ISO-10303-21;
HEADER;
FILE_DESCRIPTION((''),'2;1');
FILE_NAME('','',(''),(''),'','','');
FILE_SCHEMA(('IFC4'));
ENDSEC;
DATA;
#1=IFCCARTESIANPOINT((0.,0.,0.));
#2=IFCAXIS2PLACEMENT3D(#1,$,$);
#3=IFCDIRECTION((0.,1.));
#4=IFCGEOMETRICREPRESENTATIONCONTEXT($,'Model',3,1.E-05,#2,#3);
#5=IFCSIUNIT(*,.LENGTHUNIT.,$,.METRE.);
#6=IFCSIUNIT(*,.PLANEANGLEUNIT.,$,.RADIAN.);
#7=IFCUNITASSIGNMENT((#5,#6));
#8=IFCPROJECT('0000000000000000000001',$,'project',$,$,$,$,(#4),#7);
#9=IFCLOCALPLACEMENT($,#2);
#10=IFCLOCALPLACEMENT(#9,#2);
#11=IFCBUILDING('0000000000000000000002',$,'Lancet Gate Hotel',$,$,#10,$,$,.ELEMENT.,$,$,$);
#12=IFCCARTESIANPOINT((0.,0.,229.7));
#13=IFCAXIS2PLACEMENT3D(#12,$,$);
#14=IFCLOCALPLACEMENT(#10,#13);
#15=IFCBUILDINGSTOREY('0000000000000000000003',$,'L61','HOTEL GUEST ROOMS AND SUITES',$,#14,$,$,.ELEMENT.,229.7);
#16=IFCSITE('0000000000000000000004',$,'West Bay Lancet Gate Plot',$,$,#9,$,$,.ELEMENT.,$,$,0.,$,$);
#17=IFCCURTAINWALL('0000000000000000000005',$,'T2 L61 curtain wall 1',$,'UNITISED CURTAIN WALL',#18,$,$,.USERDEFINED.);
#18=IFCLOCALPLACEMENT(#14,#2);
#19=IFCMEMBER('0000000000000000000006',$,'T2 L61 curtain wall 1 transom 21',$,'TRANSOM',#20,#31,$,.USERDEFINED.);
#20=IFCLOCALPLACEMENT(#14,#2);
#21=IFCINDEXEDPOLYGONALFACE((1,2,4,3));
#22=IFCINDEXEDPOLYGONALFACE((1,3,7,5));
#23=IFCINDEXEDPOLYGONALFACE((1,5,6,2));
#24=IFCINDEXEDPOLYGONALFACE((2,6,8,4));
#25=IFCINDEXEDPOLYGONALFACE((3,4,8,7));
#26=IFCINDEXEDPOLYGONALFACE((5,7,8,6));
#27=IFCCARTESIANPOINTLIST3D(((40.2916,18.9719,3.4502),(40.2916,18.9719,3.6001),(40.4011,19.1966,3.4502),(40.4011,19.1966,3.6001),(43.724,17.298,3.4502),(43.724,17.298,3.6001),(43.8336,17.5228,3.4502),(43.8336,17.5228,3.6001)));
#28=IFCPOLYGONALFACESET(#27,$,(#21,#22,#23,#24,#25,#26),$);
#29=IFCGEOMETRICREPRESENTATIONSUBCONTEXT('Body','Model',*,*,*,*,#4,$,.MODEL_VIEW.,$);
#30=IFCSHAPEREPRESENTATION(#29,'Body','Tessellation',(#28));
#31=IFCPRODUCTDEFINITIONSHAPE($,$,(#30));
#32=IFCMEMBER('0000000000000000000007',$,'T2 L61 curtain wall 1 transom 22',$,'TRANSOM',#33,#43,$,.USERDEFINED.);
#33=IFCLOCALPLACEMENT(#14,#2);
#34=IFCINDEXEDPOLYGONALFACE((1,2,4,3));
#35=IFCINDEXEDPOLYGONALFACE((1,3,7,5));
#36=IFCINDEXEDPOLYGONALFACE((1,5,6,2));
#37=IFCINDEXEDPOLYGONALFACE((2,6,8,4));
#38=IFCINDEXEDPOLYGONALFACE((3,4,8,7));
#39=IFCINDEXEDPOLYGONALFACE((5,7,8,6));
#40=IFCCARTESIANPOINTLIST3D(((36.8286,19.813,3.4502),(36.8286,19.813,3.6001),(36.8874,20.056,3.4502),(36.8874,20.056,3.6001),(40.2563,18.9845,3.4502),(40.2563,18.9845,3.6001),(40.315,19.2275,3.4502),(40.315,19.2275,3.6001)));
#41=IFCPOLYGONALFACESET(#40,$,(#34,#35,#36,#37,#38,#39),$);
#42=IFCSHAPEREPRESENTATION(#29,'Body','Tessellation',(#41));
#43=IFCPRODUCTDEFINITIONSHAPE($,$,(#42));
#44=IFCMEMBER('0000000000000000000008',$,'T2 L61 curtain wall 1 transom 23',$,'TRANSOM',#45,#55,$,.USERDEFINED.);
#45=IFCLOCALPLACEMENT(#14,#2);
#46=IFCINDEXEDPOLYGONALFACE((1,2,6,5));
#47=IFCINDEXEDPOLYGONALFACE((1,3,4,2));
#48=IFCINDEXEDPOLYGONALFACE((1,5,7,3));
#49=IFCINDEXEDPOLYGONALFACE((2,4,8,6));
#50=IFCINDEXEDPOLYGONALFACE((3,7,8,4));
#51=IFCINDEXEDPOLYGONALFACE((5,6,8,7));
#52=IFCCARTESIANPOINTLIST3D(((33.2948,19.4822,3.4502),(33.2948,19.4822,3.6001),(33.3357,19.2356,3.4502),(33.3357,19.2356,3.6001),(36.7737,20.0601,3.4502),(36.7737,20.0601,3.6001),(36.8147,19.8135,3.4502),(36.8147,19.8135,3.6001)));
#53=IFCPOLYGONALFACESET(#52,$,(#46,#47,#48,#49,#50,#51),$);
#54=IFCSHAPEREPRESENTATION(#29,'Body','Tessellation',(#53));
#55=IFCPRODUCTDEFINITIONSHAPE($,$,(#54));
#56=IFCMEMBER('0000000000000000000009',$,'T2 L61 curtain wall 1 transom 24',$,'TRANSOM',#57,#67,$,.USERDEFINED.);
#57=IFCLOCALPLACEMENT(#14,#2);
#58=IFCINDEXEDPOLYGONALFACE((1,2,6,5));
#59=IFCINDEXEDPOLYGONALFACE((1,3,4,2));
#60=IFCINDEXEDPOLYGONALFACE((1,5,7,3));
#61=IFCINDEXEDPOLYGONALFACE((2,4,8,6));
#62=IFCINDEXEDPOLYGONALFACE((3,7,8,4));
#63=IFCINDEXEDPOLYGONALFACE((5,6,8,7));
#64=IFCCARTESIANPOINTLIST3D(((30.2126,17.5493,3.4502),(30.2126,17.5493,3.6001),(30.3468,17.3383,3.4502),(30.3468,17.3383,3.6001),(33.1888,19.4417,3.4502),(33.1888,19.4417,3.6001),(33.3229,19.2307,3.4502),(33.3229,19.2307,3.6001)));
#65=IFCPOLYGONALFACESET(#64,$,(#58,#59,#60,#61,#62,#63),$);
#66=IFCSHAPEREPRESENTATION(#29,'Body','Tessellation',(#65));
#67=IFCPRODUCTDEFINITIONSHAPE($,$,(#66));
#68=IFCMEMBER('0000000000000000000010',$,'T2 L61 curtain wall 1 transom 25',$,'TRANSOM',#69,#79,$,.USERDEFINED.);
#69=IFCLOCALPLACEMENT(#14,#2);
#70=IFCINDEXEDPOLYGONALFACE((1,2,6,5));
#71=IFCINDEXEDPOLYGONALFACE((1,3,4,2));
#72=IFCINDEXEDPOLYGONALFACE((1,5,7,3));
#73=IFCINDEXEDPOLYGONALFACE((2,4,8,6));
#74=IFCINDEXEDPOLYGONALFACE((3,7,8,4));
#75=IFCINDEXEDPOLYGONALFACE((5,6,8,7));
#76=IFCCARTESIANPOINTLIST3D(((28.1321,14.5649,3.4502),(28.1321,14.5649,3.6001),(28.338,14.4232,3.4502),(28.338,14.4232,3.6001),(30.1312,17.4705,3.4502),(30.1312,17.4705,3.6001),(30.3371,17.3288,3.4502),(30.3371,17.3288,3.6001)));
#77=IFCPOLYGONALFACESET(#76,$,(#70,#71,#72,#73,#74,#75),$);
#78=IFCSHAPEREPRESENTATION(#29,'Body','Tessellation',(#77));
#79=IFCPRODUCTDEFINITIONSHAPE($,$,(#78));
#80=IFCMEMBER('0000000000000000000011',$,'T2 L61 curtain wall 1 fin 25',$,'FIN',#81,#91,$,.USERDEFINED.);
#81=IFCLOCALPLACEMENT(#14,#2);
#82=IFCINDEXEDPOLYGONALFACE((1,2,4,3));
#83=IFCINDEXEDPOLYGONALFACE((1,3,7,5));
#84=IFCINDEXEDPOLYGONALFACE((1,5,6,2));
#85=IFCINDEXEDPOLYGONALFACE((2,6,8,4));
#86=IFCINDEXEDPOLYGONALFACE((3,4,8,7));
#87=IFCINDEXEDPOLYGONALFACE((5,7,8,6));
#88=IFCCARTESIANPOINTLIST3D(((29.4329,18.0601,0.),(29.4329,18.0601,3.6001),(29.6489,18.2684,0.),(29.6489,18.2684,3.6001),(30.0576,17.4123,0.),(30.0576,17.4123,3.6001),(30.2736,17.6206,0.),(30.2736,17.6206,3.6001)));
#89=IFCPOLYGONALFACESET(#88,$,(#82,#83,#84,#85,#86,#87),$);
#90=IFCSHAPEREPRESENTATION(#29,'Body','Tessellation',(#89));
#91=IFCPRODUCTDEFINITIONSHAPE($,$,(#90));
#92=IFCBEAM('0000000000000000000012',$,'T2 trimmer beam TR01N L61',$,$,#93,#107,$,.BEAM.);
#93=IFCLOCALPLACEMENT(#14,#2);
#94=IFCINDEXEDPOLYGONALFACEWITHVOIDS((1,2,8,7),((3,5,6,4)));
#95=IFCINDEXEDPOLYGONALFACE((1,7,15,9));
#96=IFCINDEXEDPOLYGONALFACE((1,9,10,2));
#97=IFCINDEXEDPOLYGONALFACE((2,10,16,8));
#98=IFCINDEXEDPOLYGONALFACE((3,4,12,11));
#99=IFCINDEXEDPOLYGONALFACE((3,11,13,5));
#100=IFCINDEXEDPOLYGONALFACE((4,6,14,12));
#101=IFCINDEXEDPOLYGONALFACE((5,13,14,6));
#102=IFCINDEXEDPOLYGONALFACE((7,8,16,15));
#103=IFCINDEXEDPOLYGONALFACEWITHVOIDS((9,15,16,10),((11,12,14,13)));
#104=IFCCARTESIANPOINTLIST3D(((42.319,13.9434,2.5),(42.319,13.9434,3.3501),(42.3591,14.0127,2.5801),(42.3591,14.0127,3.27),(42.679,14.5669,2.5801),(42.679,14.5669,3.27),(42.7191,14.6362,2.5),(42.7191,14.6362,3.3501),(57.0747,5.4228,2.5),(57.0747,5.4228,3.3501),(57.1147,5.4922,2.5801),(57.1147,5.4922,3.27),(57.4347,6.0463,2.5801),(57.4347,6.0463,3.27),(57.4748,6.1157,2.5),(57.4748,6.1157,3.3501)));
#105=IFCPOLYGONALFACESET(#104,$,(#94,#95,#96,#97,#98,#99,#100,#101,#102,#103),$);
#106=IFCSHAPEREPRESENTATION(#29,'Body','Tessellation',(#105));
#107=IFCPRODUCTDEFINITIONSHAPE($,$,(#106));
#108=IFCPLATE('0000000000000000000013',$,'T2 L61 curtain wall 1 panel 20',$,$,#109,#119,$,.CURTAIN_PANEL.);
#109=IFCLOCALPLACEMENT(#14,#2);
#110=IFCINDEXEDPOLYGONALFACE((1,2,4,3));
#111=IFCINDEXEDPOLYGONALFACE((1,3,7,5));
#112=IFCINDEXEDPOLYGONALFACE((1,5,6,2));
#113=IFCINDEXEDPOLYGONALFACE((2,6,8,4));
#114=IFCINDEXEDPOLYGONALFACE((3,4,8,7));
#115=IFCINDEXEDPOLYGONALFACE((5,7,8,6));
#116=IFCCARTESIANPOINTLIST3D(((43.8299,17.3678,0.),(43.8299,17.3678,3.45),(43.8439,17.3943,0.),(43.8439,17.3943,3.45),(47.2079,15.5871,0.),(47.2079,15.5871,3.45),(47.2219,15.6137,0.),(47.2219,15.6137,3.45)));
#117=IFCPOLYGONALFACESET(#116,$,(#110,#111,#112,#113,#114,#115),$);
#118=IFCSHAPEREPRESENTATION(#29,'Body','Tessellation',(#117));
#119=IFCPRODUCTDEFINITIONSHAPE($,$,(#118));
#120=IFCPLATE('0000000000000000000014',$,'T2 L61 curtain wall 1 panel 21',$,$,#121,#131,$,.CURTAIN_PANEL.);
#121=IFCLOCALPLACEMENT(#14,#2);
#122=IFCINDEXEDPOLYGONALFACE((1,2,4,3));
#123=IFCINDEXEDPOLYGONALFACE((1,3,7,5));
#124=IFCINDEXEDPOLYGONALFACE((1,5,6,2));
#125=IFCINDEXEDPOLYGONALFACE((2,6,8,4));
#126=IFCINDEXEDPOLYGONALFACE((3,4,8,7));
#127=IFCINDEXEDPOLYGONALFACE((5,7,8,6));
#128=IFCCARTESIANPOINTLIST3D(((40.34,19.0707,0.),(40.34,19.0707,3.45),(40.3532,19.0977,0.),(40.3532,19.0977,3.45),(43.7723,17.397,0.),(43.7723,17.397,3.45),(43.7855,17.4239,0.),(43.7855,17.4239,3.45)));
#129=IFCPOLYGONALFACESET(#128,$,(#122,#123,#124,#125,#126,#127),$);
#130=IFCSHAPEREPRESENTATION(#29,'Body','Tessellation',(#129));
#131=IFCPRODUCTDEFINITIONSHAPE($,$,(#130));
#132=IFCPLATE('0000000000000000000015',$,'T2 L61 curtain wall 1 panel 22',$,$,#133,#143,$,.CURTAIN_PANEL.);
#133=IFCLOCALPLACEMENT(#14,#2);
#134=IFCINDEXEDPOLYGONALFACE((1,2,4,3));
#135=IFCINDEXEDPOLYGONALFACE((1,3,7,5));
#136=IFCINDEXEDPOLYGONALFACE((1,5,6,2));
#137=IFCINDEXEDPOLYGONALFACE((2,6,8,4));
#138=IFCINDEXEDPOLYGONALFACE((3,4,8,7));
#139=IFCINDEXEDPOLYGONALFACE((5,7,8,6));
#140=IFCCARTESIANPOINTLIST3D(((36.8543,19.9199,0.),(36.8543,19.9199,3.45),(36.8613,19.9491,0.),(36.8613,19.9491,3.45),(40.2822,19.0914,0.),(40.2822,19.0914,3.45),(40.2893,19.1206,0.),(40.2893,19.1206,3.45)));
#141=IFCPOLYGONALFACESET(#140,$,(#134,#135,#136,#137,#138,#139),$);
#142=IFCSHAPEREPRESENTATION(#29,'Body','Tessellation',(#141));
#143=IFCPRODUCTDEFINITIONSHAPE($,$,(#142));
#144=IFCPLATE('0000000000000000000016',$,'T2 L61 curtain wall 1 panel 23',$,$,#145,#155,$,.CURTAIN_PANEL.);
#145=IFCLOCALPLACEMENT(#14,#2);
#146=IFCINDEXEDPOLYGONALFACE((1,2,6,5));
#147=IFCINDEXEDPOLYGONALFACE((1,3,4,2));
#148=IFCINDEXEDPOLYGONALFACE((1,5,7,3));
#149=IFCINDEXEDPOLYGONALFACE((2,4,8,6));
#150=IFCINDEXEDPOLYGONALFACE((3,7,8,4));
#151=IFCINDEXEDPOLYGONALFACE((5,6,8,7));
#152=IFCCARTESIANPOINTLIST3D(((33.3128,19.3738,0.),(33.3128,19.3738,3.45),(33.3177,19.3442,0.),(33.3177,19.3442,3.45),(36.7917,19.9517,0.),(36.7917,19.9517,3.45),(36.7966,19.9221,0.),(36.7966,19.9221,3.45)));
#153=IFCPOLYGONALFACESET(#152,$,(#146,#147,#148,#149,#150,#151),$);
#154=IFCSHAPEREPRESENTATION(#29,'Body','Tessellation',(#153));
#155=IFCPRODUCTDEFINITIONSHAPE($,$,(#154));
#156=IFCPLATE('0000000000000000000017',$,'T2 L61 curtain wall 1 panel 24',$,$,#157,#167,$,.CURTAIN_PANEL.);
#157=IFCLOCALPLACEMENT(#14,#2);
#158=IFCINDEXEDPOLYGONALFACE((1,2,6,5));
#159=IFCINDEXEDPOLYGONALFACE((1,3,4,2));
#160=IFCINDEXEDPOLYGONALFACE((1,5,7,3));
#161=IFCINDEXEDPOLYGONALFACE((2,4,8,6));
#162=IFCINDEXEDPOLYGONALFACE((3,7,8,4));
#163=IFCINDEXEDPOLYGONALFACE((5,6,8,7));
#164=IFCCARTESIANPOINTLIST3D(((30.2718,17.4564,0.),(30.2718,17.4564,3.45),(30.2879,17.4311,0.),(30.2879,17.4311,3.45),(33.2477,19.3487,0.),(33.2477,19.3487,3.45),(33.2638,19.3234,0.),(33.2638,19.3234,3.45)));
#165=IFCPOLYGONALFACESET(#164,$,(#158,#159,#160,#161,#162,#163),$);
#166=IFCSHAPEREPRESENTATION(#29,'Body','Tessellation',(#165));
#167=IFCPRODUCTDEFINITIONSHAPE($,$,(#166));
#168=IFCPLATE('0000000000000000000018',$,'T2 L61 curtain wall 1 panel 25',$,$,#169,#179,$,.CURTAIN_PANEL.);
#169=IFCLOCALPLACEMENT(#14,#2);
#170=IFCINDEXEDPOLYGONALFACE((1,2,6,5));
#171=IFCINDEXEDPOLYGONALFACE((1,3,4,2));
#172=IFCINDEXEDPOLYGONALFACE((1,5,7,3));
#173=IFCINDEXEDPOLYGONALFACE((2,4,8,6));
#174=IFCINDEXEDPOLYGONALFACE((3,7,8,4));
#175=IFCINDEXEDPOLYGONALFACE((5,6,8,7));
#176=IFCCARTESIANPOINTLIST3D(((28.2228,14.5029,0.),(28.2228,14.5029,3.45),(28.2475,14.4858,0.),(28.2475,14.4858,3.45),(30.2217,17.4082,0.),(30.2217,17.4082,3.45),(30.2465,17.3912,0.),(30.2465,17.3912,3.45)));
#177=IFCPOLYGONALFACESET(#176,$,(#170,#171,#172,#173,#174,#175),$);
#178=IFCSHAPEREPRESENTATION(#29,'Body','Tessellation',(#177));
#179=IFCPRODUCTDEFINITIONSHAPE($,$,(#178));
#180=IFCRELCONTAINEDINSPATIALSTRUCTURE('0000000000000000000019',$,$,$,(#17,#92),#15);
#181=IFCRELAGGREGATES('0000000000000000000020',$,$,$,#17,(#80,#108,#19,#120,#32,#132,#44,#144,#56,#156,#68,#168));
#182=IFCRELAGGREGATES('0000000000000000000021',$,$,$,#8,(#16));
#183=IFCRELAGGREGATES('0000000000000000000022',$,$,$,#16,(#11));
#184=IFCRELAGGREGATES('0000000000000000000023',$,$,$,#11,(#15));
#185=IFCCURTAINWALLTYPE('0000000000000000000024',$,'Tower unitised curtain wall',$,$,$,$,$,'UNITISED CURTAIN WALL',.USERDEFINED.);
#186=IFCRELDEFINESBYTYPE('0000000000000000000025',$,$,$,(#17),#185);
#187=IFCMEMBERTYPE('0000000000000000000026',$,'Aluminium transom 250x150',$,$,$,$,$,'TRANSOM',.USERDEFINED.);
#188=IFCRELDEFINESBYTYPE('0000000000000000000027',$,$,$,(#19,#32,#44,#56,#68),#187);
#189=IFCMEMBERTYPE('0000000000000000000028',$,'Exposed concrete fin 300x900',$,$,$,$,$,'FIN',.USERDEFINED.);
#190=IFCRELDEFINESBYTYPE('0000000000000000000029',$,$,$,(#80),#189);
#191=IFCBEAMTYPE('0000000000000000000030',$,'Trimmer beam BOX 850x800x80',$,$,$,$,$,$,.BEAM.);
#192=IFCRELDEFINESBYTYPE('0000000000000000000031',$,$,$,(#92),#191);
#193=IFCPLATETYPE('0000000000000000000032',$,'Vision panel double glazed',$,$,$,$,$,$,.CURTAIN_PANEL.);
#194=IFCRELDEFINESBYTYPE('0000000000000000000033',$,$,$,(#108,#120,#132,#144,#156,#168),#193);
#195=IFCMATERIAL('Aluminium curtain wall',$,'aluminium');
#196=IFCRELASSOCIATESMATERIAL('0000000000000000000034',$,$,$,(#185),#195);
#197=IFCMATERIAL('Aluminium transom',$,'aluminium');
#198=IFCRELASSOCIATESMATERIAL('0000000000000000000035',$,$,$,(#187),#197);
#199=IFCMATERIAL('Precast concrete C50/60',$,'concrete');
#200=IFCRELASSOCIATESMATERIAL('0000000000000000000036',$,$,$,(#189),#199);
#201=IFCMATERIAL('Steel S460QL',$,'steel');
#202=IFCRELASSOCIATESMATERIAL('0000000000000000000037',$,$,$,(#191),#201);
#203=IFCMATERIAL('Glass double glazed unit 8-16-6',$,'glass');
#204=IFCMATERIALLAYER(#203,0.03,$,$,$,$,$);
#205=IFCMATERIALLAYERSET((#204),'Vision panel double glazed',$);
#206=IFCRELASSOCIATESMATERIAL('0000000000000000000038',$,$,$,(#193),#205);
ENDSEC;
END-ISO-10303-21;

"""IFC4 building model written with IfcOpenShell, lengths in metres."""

from ifc_helpers import new_model, si_unit, direction, frame, origin, origin_2d, place, context, subcontext, project, spatial, rectangle, hollow_rectangle, extrude, material, layer, layer_set, material_profile, profile_set, type_object, element, aggregate, save


model = new_model("IFC4")

# Units and contexts
model_context = context("Model", 3, precision=1e-05, world=origin(), true_north=direction((0.0, 1.0)))
body_context = subcontext(model_context, "Body", "Model", "MODEL_VIEW")
ifc_project = project(units=[si_unit("LENGTHUNIT", "METRE"), si_unit("PLANEANGLEUNIT", "RADIAN")], contexts=[model_context])

# Site, building, storey
site_placement = place(None, origin())
site = spatial("IfcSite", under=ifc_project, at=site_placement, Name="West Bay Lancet Gate Plot", CompositionType="ELEMENT", RefElevation=0.0)
building_placement = place(site_placement, origin())
building = spatial("IfcBuilding", under=site, at=building_placement, Name="Lancet Gate Hotel", CompositionType="ELEMENT")
storey_placement = place(building_placement, frame((0.0, 0.0, 229.7)))
storey = spatial("IfcBuildingStorey", under=building, at=storey_placement, Name="L61", Description="HOTEL GUEST ROOMS AND SUITES", CompositionType="ELEMENT", Elevation=229.7)

# Curtain wall, members
ifc_material_1 = material(Name="Aluminium curtain wall", Category="aluminium")
curtain_wall_type = type_object("IfcCurtainWallType", Name="Tower unitised curtain wall", ElementType="UNITISED CURTAIN WALL", PredefinedType="USERDEFINED", material=ifc_material_1)
curtain_wall_placement = place(storey_placement, origin())
curtain_wall = element("IfcCurtainWall", 1, at=curtain_wall_placement, inside=storey, type_object=curtain_wall_type, Name="T2 L61 curtain wall 1", ObjectType="UNITISED CURTAIN WALL", PredefinedType="USERDEFINED")
ifc_material_2 = material(Name="Aluminium transom", Category="aluminium")
ifc_material_profile_1 = material_profile(ifc_material_2, rectangle(XDim=0.25, YDim=0.1499, at=origin_2d()), Name="TRANSOM 250x150")
ifc_profile_set_1 = profile_set([ifc_material_profile_1], Name="Aluminium transom")
member_type_1 = type_object("IfcMemberType", Name="Aluminium transom 250x150", ElementType="TRANSOM", PredefinedType="USERDEFINED", material=ifc_profile_set_1)
member_1_placement = place(storey_placement, frame((43.7788, 17.4104, 3.5251), z_axis=(-0.89882, 0.438318, 0.0), x_axis=(-0.438318, -0.89882, 0.0)))
member_1 = element("IfcMember", 2, at=member_1_placement, type_object=member_type_1, Name="T2 L61 curtain wall 1 transom 21", ObjectType="TRANSOM", PredefinedType="USERDEFINED", context=body_context, shape_type="SweptSolid", body=[
    extrude(rectangle(XDim=0.25, YDim=0.1499, at=origin_2d()), origin(), (0.0, 0.0, 1.0), 3.8188),
])
member_2_placement = place(storey_placement, frame((40.2856, 19.106, 3.5251), z_axis=(-0.972003, 0.23497, 0.0), x_axis=(-0.23497, -0.972003, 0.0)))
member_2 = element("IfcMember", 3, at=member_2_placement, type_object=member_type_1, Name="T2 L61 curtain wall 1 transom 22", ObjectType="TRANSOM", PredefinedType="USERDEFINED", context=body_context, shape_type="SweptSolid", body=[
    extrude(rectangle(XDim=0.25, YDim=0.1499, at=origin_2d()), origin(), (0.0, 0.0, 1.0), 3.5264),
])
member_3_placement = place(storey_placement, frame((36.7942, 19.9368, 3.5251), z_axis=(-0.986484, -0.16386, 0.0), x_axis=(0.16386, -0.986484, 0.0)))
member_3 = element("IfcMember", 4, at=member_3_placement, type_object=member_type_1, Name="T2 L61 curtain wall 1 transom 23", ObjectType="TRANSOM", PredefinedType="USERDEFINED", context=body_context, shape_type="SweptSolid", body=[
    extrude(rectangle(XDim=0.25, YDim=0.1499, at=origin_2d()), origin(), (0.0, 0.0, 1.0), 3.5266),
])
member_4_placement = place(storey_placement, frame((33.2559, 19.3362, 3.5251), z_axis=(-0.843858, -0.536566, 0.0), x_axis=(0.536566, -0.843858, 0.0)))
member_4 = element("IfcMember", 5, at=member_4_placement, type_object=member_type_1, Name="T2 L61 curtain wall 1 transom 24", ObjectType="TRANSOM", PredefinedType="USERDEFINED", context=body_context, shape_type="SweptSolid", body=[
    extrude(rectangle(XDim=0.25, YDim=0.1499, at=origin_2d()), origin(), (0.0, 0.0, 1.0), 3.5269),
])
member_5_placement = place(storey_placement, frame((30.2341, 17.3997, 3.5251), z_axis=(-0.566814, -0.823846, 0.0), x_axis=(0.823846, -0.566814, 0.0)))
member_5 = element("IfcMember", 6, at=member_5_placement, type_object=member_type_1, Name="T2 L61 curtain wall 1 transom 25", ObjectType="TRANSOM", PredefinedType="USERDEFINED", context=body_context, shape_type="SweptSolid", body=[
    extrude(rectangle(XDim=0.25, YDim=0.1499, at=origin_2d()), origin(), (0.0, 0.0, 1.0), 3.5269),
])
ifc_material_3 = material(Name="Precast concrete C50/60", Category="concrete")
ifc_material_profile_2 = material_profile(ifc_material_3, rectangle(XDim=0.3, YDim=0.8999, at=origin_2d()), Name="FIN 300x900")
ifc_profile_set_2 = profile_set([ifc_material_profile_2], Name="Precast concrete C50/60")
member_type_2 = type_object("IfcMemberType", Name="Exposed concrete fin 300x900", ElementType="FIN", PredefinedType="USERDEFINED", material=ifc_profile_set_2)
member_6_placement = place(storey_placement, frame((29.8533, 17.8403, 0.0), z_axis=(0.0, 0.0, 1.0), x_axis=(-0.719809, -0.694172, 0.0)))
member_6 = element("IfcMember", 7, at=member_6_placement, type_object=member_type_2, Name="T2 L61 curtain wall 1 fin 25", ObjectType="FIN", PredefinedType="USERDEFINED", context=body_context, shape_type="SweptSolid", body=[
    extrude(rectangle(XDim=0.3, YDim=0.8999, at=origin_2d()), origin(), (0.0, 0.0, 1.0), 3.6001),
])

# Beam
ifc_material_4 = material(Name="Steel S460QL", Category="steel")
ifc_material_profile_3 = material_profile(ifc_material_4, hollow_rectangle(XDim=0.8, YDim=0.8501, WallThickness=0.0801, at=origin_2d()), Name="BOX 850x800x80")
ifc_profile_set_3 = profile_set([ifc_material_profile_3], Name="Steel S460QL")
beam_type = type_object("IfcBeamType", Name="Trimmer beam BOX 850x800x80", PredefinedType="BEAM", material=ifc_profile_set_3)
beam_placement = place(storey_placement, frame((42.519, 14.2898, 2.925), z_axis=(0.865991, -0.500059, 0.0), x_axis=(0.500059, 0.865991, 0.0)))
element("IfcBeam", 8, at=beam_placement, inside=storey, type_object=beam_type, Name="T2 trimmer beam TR01N L61", PredefinedType="BEAM", context=body_context, shape_type="SweptSolid", body=[
    extrude(hollow_rectangle(XDim=0.8, YDim=0.8501, WallThickness=0.0801, at=origin_2d()), origin(), (0.0, 0.0, 1.0), 17.0391),
])

# Plates
ifc_material_5 = material(Name="Glass double glazed unit 8-16-6", Category="glass")
ifc_layer_1 = layer(ifc_material_5, 0.03)
ifc_layer_set_1 = layer_set([ifc_layer_1], Name="Vision panel double glazed")
plate_type = type_object("IfcPlateType", Name="Vision panel double glazed", PredefinedType="CURTAIN_PANEL", material=ifc_layer_set_1)
plate_1_placement = place(storey_placement, frame((45.5259, 16.4907, 0.0), z_axis=(0.0, 0.0, 1.0), x_axis=(-0.884623, 0.466307, 0.0)))
plate_1 = element("IfcPlate", 9, at=plate_1_placement, type_object=plate_type, Name="T2 L61 curtain wall 1 panel 20", PredefinedType="CURTAIN_PANEL", context=body_context, shape_type="SweptSolid", body=[
    extrude(rectangle(XDim=3.8186, YDim=0.03, at=origin_2d()), origin(), (0.0, 0.0, 1.0), 3.45),
])
plate_2_placement = place(storey_placement, frame((42.0627, 18.2473, 0.0), z_axis=(0.0, 0.0, 1.0), x_axis=(-0.898823, 0.438311, 0.0)))
plate_2 = element("IfcPlate", 10, at=plate_2_placement, type_object=plate_type, Name="T2 L61 curtain wall 1 panel 21", PredefinedType="CURTAIN_PANEL", context=body_context, shape_type="SweptSolid", body=[
    extrude(rectangle(XDim=3.8186, YDim=0.03, at=origin_2d()), origin(), (0.0, 0.0, 1.0), 3.45),
])
plate_3_placement = place(storey_placement, frame((38.5718, 19.5203, 0.0), z_axis=(0.0, 0.0, 1.0), x_axis=(-0.972014, 0.234924, 0.0)))
plate_3 = element("IfcPlate", 11, at=plate_3_placement, type_object=plate_type, Name="T2 L61 curtain wall 1 panel 22", PredefinedType="CURTAIN_PANEL", context=body_context, shape_type="SweptSolid", body=[
    extrude(rectangle(XDim=3.5266, YDim=0.03, at=origin_2d()), origin(), (0.0, 0.0, 1.0), 3.45),
])
plate_4_placement = place(storey_placement, frame((35.0547, 19.6479, 0.0), z_axis=(0.0, 0.0, 1.0), x_axis=(-0.98648, -0.163881, 0.0)))
plate_4 = element("IfcPlate", 12, at=plate_4_placement, type_object=plate_type, Name="T2 L61 curtain wall 1 panel 23", PredefinedType="CURTAIN_PANEL", context=body_context, shape_type="SweptSolid", body=[
    extrude(rectangle(XDim=3.5266, YDim=0.03, at=origin_2d()), origin(), (0.0, 0.0, 1.0), 3.45),
])
plate_5_placement = place(storey_placement, frame((31.7678, 18.3899, 0.0), z_axis=(0.0, 0.0, 1.0), x_axis=(-0.843845, -0.536587, 0.0)))
plate_5 = element("IfcPlate", 13, at=plate_5_placement, type_object=plate_type, Name="T2 L61 curtain wall 1 panel 24", PredefinedType="CURTAIN_PANEL", context=body_context, shape_type="SweptSolid", body=[
    extrude(rectangle(XDim=3.5266, YDim=0.03, at=origin_2d()), origin(), (0.0, 0.0, 1.0), 3.45),
])
plate_6_placement = place(storey_placement, frame((29.2346, 15.947, 0.0), z_axis=(0.0, 0.0, 1.0), x_axis=(-0.566824, -0.823839, 0.0)))
plate_6 = element("IfcPlate", 14, at=plate_6_placement, type_object=plate_type, Name="T2 L61 curtain wall 1 panel 25", PredefinedType="CURTAIN_PANEL", context=body_context, shape_type="SweptSolid", body=[
    extrude(rectangle(XDim=3.5266, YDim=0.03, at=origin_2d()), origin(), (0.0, 0.0, 1.0), 3.45),
])
aggregate(curtain_wall, [member_6, plate_1, member_1, plate_2, member_2, plate_3, member_3, plate_4, member_4, plate_5, member_5, plate_6])

save(model, "model.ifc")
